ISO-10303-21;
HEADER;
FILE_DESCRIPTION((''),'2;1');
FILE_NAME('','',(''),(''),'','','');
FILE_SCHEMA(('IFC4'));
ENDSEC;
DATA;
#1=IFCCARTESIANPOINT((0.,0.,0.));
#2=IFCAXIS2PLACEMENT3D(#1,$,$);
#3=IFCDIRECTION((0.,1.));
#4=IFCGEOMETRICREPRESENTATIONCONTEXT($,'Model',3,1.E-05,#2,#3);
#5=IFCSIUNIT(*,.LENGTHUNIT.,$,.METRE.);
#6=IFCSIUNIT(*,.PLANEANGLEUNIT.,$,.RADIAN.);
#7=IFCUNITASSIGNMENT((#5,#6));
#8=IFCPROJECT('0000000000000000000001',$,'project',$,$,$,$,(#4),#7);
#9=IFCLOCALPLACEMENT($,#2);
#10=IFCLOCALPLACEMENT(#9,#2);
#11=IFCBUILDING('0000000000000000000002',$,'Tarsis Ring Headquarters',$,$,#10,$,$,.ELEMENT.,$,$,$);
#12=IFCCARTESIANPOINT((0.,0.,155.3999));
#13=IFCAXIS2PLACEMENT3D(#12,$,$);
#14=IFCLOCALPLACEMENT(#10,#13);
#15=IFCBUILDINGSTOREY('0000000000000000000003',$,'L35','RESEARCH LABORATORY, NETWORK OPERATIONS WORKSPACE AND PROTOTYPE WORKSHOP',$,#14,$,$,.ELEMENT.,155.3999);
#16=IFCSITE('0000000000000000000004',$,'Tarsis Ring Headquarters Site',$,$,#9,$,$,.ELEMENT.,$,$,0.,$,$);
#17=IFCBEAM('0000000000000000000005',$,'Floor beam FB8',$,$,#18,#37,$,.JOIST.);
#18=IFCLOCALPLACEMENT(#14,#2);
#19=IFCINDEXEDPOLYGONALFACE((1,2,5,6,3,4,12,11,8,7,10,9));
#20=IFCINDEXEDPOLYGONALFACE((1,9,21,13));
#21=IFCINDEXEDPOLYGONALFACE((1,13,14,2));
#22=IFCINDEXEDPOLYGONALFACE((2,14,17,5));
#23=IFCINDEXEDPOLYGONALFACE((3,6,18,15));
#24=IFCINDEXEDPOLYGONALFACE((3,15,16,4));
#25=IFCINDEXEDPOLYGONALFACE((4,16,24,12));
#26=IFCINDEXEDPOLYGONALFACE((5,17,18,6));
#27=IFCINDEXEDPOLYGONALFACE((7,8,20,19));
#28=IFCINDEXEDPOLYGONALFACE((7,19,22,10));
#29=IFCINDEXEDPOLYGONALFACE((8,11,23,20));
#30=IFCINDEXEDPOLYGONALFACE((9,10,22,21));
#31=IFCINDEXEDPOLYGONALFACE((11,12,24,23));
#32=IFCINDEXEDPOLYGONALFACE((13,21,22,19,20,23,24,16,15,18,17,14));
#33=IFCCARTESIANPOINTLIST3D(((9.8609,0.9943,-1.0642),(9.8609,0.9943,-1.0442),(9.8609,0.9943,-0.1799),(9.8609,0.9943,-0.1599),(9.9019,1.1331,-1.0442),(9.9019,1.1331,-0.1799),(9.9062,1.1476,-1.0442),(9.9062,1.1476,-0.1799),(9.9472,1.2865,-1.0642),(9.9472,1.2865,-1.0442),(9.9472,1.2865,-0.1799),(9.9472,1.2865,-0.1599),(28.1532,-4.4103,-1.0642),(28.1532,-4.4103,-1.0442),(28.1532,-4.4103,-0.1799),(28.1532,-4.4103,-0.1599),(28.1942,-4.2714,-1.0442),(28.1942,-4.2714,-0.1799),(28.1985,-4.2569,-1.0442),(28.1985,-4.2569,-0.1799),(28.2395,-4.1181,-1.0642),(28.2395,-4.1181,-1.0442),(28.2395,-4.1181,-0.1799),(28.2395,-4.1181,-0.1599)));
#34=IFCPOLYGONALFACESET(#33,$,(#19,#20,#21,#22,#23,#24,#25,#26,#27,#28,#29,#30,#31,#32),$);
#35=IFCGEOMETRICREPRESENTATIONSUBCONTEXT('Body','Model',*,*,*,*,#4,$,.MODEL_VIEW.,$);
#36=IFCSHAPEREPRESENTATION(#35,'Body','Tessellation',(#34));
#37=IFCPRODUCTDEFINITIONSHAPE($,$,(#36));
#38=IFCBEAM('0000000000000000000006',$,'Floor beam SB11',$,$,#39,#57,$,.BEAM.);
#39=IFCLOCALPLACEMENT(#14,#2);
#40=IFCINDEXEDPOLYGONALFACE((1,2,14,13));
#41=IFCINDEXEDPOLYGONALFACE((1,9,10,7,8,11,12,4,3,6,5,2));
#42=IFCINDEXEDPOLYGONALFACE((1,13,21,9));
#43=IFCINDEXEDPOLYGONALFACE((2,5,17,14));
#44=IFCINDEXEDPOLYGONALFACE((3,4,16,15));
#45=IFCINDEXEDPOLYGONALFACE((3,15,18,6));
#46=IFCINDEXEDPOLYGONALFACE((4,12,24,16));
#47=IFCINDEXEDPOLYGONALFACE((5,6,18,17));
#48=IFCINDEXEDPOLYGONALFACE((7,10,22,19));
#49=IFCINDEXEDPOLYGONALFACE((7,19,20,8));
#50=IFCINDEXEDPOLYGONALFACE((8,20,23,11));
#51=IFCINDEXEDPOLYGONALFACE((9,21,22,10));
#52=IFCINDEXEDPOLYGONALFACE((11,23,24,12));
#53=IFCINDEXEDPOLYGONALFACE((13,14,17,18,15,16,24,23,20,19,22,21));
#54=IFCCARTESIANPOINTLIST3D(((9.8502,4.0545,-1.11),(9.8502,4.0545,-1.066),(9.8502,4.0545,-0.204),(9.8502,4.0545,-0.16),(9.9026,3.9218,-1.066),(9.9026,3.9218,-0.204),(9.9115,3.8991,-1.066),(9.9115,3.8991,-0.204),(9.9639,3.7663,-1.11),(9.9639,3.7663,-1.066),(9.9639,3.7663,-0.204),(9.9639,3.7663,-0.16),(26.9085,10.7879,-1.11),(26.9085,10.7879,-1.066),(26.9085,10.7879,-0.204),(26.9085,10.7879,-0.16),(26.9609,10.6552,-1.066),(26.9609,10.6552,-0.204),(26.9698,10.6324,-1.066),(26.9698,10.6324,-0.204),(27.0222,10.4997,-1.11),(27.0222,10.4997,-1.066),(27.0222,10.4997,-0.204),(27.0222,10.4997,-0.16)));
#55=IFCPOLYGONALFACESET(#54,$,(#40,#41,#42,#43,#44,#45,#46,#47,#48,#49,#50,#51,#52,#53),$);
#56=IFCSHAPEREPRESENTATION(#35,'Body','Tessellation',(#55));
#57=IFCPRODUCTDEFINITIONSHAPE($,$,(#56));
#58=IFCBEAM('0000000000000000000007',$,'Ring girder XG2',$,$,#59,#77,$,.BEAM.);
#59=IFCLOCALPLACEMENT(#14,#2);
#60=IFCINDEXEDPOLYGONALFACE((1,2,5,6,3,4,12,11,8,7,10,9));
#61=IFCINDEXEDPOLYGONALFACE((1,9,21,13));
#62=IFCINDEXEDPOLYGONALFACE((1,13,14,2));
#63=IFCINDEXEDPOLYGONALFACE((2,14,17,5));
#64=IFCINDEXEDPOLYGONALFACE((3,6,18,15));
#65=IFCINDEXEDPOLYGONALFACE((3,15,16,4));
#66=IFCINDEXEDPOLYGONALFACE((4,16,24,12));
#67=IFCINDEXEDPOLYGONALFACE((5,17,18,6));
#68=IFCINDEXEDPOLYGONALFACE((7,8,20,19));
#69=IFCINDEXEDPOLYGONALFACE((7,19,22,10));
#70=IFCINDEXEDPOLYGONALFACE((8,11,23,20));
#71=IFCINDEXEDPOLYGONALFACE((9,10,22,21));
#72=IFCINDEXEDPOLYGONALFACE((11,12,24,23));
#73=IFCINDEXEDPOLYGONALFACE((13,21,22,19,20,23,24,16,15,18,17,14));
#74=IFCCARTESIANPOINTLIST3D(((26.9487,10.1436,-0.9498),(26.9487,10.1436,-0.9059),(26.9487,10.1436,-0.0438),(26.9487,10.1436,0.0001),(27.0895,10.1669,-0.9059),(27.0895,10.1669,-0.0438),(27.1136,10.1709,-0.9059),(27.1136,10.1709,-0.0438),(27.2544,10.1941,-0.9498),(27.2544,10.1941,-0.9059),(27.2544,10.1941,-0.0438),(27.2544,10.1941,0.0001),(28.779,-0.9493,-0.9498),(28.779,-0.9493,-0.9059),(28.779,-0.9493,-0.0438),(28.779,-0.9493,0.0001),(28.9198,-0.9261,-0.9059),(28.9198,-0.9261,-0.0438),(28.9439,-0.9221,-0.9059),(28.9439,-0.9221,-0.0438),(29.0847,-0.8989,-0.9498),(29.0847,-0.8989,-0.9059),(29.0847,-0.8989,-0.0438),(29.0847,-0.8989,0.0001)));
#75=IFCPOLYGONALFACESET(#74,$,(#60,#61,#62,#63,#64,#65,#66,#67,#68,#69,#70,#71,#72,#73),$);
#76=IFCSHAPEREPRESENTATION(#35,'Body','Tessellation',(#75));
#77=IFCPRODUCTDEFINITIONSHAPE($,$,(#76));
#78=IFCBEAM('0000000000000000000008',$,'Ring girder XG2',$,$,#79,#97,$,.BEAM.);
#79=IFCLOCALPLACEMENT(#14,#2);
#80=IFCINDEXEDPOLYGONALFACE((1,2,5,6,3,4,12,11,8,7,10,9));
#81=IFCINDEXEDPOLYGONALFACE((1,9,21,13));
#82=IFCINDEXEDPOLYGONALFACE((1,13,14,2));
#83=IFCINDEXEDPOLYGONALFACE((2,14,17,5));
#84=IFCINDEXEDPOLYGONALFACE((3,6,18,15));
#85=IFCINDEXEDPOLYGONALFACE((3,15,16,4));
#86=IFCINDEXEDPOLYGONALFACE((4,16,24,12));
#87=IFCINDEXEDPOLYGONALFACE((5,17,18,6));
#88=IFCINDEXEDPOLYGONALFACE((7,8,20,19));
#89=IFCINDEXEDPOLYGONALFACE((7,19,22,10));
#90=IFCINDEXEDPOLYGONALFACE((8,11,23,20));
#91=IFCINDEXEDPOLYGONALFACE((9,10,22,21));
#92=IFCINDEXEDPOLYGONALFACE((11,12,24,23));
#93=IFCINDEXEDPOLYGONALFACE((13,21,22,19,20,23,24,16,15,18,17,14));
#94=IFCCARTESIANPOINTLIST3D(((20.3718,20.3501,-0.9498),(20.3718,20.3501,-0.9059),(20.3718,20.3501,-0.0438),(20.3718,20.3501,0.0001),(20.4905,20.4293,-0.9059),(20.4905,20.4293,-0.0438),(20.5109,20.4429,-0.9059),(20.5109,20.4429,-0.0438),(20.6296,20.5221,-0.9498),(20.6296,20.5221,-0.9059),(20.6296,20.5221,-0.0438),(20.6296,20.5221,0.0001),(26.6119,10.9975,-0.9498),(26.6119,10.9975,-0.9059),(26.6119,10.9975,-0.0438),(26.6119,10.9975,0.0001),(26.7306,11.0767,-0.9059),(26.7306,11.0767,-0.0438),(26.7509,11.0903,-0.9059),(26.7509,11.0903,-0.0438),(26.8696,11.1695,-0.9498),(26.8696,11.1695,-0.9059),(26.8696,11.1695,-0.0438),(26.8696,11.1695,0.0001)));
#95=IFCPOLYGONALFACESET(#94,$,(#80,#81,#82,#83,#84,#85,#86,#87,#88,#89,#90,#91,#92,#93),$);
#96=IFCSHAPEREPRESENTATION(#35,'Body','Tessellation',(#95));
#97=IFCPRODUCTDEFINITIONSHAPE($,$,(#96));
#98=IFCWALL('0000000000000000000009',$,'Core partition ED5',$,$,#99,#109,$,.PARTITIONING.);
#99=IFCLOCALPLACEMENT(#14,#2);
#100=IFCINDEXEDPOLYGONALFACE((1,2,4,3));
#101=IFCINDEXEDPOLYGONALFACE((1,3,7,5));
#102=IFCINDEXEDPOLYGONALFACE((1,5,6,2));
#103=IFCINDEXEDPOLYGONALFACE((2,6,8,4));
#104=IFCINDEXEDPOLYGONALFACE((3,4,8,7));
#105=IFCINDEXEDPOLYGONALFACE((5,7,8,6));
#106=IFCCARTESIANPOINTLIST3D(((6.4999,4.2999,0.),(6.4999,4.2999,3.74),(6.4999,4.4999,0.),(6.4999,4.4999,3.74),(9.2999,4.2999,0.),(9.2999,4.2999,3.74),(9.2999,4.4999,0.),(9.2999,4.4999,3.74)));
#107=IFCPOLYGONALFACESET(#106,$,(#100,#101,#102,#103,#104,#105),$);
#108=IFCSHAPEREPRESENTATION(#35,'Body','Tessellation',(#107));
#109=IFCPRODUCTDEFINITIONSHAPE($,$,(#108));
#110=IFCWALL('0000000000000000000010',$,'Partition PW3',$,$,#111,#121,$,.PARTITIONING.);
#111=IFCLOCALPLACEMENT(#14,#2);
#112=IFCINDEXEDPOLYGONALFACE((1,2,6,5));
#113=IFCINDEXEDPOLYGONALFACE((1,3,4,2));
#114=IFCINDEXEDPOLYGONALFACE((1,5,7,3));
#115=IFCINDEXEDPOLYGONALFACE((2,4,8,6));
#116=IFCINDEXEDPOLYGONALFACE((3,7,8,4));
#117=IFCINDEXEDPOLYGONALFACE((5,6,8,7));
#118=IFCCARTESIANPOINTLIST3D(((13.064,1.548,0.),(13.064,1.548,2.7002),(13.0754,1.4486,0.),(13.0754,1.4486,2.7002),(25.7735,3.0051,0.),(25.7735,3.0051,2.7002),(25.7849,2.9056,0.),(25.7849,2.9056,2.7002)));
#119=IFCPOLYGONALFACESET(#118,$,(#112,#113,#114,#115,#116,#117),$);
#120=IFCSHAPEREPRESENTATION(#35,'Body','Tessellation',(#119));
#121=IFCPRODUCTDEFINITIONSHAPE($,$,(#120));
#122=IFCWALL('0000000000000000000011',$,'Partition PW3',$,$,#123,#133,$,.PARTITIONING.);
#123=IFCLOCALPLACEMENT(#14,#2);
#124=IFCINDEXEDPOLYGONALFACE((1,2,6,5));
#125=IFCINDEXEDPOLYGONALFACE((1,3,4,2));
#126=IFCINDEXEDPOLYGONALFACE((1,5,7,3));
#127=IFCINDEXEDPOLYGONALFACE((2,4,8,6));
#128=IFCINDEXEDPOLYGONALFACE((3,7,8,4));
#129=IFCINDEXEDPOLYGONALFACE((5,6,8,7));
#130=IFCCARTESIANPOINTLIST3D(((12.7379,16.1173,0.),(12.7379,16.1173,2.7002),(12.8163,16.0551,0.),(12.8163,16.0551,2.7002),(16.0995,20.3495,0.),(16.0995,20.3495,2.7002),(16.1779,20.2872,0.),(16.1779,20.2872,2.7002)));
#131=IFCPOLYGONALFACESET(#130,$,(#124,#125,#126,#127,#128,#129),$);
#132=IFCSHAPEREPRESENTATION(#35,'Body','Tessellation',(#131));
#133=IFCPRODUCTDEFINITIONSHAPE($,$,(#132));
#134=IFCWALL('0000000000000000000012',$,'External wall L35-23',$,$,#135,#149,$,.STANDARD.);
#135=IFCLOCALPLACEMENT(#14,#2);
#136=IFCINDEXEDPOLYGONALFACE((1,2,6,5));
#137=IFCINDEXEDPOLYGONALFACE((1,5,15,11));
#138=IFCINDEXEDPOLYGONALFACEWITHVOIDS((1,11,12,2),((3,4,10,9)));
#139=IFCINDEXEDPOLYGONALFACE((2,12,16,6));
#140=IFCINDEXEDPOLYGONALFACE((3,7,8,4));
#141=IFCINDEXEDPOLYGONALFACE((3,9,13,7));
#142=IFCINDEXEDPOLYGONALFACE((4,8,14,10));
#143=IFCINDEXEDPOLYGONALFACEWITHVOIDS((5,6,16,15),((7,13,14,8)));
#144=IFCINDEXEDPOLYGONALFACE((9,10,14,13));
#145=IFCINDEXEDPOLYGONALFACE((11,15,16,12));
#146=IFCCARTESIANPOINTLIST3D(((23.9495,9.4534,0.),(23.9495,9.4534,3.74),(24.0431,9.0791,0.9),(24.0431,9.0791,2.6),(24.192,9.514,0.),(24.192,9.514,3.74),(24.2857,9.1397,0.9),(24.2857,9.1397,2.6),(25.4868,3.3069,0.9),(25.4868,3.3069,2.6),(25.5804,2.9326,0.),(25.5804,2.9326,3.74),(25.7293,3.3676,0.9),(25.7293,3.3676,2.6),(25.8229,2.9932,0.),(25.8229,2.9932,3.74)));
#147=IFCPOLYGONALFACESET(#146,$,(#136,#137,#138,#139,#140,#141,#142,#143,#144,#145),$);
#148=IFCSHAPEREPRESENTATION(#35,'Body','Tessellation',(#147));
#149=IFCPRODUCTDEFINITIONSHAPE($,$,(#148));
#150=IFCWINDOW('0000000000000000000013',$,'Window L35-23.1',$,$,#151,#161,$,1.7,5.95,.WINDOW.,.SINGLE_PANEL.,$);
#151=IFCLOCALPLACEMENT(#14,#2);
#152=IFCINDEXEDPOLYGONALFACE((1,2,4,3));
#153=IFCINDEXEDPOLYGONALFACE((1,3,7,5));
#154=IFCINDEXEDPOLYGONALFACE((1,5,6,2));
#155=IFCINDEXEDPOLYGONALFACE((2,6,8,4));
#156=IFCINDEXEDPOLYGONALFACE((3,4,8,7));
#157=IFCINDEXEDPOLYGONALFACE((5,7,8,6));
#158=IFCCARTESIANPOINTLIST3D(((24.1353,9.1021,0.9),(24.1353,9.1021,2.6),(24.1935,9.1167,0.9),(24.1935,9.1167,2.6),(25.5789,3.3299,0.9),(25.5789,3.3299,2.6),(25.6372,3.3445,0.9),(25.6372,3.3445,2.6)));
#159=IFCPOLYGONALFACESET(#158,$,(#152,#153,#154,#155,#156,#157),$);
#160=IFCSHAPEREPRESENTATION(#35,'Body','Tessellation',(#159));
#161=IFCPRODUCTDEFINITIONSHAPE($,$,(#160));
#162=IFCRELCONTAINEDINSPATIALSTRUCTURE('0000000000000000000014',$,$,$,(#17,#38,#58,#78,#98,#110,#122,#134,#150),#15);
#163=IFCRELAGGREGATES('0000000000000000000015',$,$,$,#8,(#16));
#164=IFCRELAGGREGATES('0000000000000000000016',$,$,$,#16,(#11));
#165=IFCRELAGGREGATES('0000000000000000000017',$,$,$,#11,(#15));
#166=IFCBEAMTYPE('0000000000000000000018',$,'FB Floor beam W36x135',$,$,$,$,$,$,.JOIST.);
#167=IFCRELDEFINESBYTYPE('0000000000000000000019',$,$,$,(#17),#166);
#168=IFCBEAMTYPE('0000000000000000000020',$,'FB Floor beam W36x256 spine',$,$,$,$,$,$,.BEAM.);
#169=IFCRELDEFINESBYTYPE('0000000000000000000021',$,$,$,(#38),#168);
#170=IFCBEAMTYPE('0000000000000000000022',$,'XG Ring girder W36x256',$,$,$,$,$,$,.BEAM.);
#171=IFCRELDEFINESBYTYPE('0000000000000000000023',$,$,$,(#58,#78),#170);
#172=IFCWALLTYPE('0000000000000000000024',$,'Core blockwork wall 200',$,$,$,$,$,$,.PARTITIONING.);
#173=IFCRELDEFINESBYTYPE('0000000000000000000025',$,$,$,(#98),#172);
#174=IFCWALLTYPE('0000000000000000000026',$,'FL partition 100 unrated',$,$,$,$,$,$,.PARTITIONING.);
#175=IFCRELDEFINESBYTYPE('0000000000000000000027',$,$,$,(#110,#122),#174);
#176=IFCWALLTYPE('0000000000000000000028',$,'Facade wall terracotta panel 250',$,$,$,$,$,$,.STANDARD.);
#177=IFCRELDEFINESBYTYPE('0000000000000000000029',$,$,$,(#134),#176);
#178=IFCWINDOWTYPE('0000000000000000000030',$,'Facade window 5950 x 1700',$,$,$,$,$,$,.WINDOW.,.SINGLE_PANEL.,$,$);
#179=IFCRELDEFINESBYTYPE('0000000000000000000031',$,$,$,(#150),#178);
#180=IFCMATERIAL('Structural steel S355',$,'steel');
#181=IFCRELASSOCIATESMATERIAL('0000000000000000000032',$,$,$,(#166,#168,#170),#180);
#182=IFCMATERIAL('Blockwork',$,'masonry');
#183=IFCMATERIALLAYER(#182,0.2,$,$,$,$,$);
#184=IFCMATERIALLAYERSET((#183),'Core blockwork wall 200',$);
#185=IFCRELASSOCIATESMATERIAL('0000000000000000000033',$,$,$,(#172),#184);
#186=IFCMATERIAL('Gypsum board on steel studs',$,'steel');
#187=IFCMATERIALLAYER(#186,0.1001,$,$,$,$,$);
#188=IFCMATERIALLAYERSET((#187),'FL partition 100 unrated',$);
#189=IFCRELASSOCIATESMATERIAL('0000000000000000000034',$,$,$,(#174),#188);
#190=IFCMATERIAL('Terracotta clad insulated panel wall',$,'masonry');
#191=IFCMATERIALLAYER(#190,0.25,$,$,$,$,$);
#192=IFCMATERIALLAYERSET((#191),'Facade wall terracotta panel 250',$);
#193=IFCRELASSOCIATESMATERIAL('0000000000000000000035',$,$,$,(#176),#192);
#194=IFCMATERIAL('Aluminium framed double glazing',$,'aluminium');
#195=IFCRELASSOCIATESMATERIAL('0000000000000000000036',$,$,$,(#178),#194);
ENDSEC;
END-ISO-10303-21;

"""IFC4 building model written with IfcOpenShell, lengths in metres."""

from ifc_helpers import new_model, si_unit, direction, frame, frame_2d, origin, origin_2d, place, context, subcontext, project, spatial, rectangle, i_section, extrude, material, layer, layer_set, material_profile, profile_set, type_object, element, fill, save


model = new_model("IFC4")

# Units and contexts
model_context = context("Model", 3, precision=1e-05, world=origin(), true_north=direction((0.0, 1.0)))
body_context = subcontext(model_context, "Body", "Model", "MODEL_VIEW")
ifc_project = project(units=[si_unit("LENGTHUNIT", "METRE"), si_unit("PLANEANGLEUNIT", "RADIAN")], contexts=[model_context])

# Site, building, storey
site_placement = place(None, origin())
site = spatial("IfcSite", under=ifc_project, at=site_placement, Name="Tarsis Ring Headquarters Site", CompositionType="ELEMENT", RefElevation=0.0)
building_placement = place(site_placement, origin())
building = spatial("IfcBuilding", under=site, at=building_placement, Name="Tarsis Ring Headquarters", CompositionType="ELEMENT")
storey_placement = place(building_placement, frame((0.0, 0.0, 155.3999)))
storey = spatial("IfcBuildingStorey", under=building, at=storey_placement, Name="L35", Description="RESEARCH LABORATORY, NETWORK OPERATIONS WORKSPACE AND PROTOTYPE WORKSHOP", CompositionType="ELEMENT", Elevation=155.3999)

# Shared definitions
ifc_material_1 = material(Name="Structural steel S355", Category="steel")

# Beams
ifc_material_profile_1 = material_profile(ifc_material_1, i_section(OverallWidth=0.3047, OverallDepth=0.9043, WebThickness=0.0151, FlangeThickness=0.02, at=origin_2d()), Name="W36x135")
ifc_profile_set_1 = profile_set([ifc_material_profile_1], Name="Structural steel S355")
beam_type_1 = type_object("IfcBeamType", Name="FB Floor beam W36x135", PredefinedType="JOIST", material=ifc_profile_set_1)
beam_1_placement = place(storey_placement, frame((9.9041, 1.1404, -0.6121), z_axis=(0.959017, -0.283347, 0.0), x_axis=(0.283347, 0.959017, 0.0)))
element("IfcBeam", 1, at=beam_1_placement, inside=storey, type_object=beam_type_1, Name="Floor beam FB8", PredefinedType="JOIST", context=body_context, shape_type="SweptSolid", body=[
    extrude(i_section(OverallWidth=0.3047, OverallDepth=0.9043, WebThickness=0.0151, FlangeThickness=0.02, at=origin_2d()), origin(), (0.0, 0.0, 1.0), 19.074),
])
ifc_material_profile_2 = material_profile(ifc_material_1, i_section(OverallWidth=0.3098, OverallDepth=0.95, WebThickness=0.0244, FlangeThickness=0.0439, at=origin_2d()), Name="W36x256")
ifc_profile_set_2 = profile_set([ifc_material_profile_2], Name="Structural steel S355")
beam_type_2 = type_object("IfcBeamType", Name="FB Floor beam W36x256 spine", PredefinedType="BEAM", material=ifc_profile_set_2)
beam_2_placement = place(storey_placement, frame((26.9653, 10.6438, -0.635), z_axis=(-0.930158, -0.367159, 0.0), x_axis=(0.367159, -0.930158, 0.0)))
element("IfcBeam", 2, at=beam_2_placement, inside=storey, type_object=beam_type_2, Name="Floor beam SB11", PredefinedType="BEAM", context=body_context, shape_type="SweptSolid", body=[
    extrude(i_section(OverallWidth=0.3098, OverallDepth=0.95, WebThickness=0.0244, FlangeThickness=0.0439, at=origin_2d()), origin(), (0.0, 0.0, 1.0), 18.3391),
])
beam_type_3 = type_object("IfcBeamType", Name="XG Ring girder W36x256", PredefinedType="BEAM", material=ifc_profile_set_2)
beam_3_placement = place(storey_placement, frame((28.9319, -0.9241, -0.4749), z_axis=(-0.162797, 0.98666, 0.0), x_axis=(-0.98666, -0.162797, 0.0)))
element("IfcBeam", 3, at=beam_3_placement, inside=storey, type_object=beam_type_3, Name="Ring girder XG2", PredefinedType="BEAM", context=body_context, shape_type="SweptSolid", body=[
    extrude(i_section(OverallWidth=0.3098, OverallDepth=0.95, WebThickness=0.0244, FlangeThickness=0.0439, at=origin_2d()), origin(), (0.0, 0.0, 1.0), 11.2429),
])
beam_4_placement = place(storey_placement, frame((26.7407, 11.0835, -0.4749), z_axis=(-0.555006, 0.831846, 0.0), x_axis=(-0.831846, -0.555006, 0.0)))
element("IfcBeam", 4, at=beam_4_placement, inside=storey, type_object=beam_type_3, Name="Ring girder XG2", PredefinedType="BEAM", context=body_context, shape_type="SweptSolid", body=[
    extrude(i_section(OverallWidth=0.3098, OverallDepth=0.95, WebThickness=0.0244, FlangeThickness=0.0439, at=origin_2d()), origin(), (0.0, 0.0, 1.0), 11.2432),
])

# Walls
ifc_material_2 = material(Name="Blockwork", Category="masonry")
ifc_layer_1 = layer(ifc_material_2, 0.2)
ifc_layer_set_1 = layer_set([ifc_layer_1], Name="Core blockwork wall 200")
wall_type_1 = type_object("IfcWallType", Name="Core blockwork wall 200", PredefinedType="PARTITIONING", material=ifc_layer_set_1)
wall_1_placement = place(storey_placement, frame((6.5, 4.3999, 0.0), z_axis=(0.0, 0.0, 1.0), x_axis=(1.0, 0.0, 0.0)))
element("IfcWall", 5, at=wall_1_placement, inside=storey, type_object=wall_type_1, Name="Core partition ED5", PredefinedType="PARTITIONING", context=body_context, shape_type="SweptSolid", body=[
    extrude(rectangle(XDim=2.8, YDim=0.2, at=frame_2d((1.3999, 0.0))), origin(), (0.0, 0.0, 1.0), 3.74),
])
ifc_material_3 = material(Name="Gypsum board on steel studs", Category="steel")
ifc_layer_2 = layer(ifc_material_3, 0.1001)
ifc_layer_set_2 = layer_set([ifc_layer_2], Name="FL partition 100 unrated")
wall_type_2 = type_object("IfcWallType", Name="FL partition 100 unrated", PredefinedType="PARTITIONING", material=ifc_layer_set_2)
wall_2_placement = place(storey_placement, frame((13.0696, 1.4983, 0.0), z_axis=(0.0, 0.0, 1.0), x_axis=(0.993493, 0.113895, 0.0)))
element("IfcWall", 6, at=wall_2_placement, inside=storey, type_object=wall_type_2, Name="Partition PW3", PredefinedType="PARTITIONING", context=body_context, shape_type="SweptSolid", body=[
    extrude(rectangle(XDim=12.7927, YDim=0.1001, at=frame_2d((6.3965, 0.0))), origin(), (0.0, 0.0, 1.0), 2.7002),
])
wall_3_placement = place(storey_placement, frame((12.7771, 16.0862, 0.0), z_axis=(0.0, 0.0, 1.0), x_axis=(0.621964, 0.783045, 0.0)))
element("IfcWall", 7, at=wall_3_placement, inside=storey, type_object=wall_type_2, Name="Partition PW3", PredefinedType="PARTITIONING", context=body_context, shape_type="SweptSolid", body=[
    extrude(rectangle(XDim=5.4048, YDim=0.1001, at=frame_2d((2.7024, 0.0))), origin(), (0.0, 0.0, 1.0), 2.7002),
])

# Wall, opening, window
ifc_material_4 = material(Name="Terracotta clad insulated panel wall", Category="masonry")
ifc_layer_3 = layer(ifc_material_4, 0.25)
ifc_layer_set_3 = layer_set([ifc_layer_3], Name="Facade wall terracotta panel 250")
wall_type_3 = type_object("IfcWallType", Name="Facade wall terracotta panel 250", PredefinedType="STANDARD", material=ifc_layer_set_3)
wall_4_placement = place(storey_placement, frame((25.7017, 2.9629, 0.0), z_axis=(0.0, 0.0, 1.0), x_axis=(-0.24263, 0.970119, 0.0)))
wall_4 = element("IfcWall", 8, at=wall_4_placement, inside=storey, type_object=wall_type_3, Name="External wall L35-23", PredefinedType="STANDARD", context=body_context, shape_type="SweptSolid", body=[
    extrude(rectangle(XDim=6.7217, YDim=0.25, at=frame_2d((3.3608, 0.0))), origin(), (0.0, 0.0, 1.0), 3.74),
])
opening_1_placement = place(wall_4_placement, frame((0.3857, 0.0, 0.8999)))
opening_1 = element("IfcOpeningElement", 9, at=opening_1_placement, cuts=wall_4, PredefinedType="OPENING", context=body_context, shape_type="SweptSolid", body=[
    extrude(rectangle(XDim=5.95, YDim=1.7, at=frame_2d((2.9751, 0.8501))), frame((0.0, 0.135, 0.0), z_axis=(0.0, -1.0, 0.0), x_axis=(1.0, 0.0, 0.0)), (0.0, 0.0, 1.0), 0.27),
])
ifc_material_5 = material(Name="Aluminium framed double glazing", Category="aluminium")
window_type = type_object("IfcWindowType", Name="Facade window 5950 x 1700", PartitioningType="SINGLE_PANEL", PredefinedType="WINDOW", material=ifc_material_5)
window_1_placement = place(opening_1_placement, origin())
window_1 = element("IfcWindow", 10, at=window_1_placement, inside=storey, type_object=window_type, Name="Window L35-23.1", OverallHeight=1.7, OverallWidth=5.95, PartitioningType="SINGLE_PANEL", PredefinedType="WINDOW", context=body_context, shape_type="SweptSolid", body=[
    extrude(rectangle(XDim=5.95, YDim=1.7, at=frame_2d((2.9751, 0.8501))), frame((0.0, 0.03, 0.0), z_axis=(0.0, -1.0, 0.0), x_axis=(1.0, 0.0, 0.0)), (0.0, 0.0, 1.0), 0.0601),
])
fill(opening_1, window_1)

save(model, "model.ifc")
